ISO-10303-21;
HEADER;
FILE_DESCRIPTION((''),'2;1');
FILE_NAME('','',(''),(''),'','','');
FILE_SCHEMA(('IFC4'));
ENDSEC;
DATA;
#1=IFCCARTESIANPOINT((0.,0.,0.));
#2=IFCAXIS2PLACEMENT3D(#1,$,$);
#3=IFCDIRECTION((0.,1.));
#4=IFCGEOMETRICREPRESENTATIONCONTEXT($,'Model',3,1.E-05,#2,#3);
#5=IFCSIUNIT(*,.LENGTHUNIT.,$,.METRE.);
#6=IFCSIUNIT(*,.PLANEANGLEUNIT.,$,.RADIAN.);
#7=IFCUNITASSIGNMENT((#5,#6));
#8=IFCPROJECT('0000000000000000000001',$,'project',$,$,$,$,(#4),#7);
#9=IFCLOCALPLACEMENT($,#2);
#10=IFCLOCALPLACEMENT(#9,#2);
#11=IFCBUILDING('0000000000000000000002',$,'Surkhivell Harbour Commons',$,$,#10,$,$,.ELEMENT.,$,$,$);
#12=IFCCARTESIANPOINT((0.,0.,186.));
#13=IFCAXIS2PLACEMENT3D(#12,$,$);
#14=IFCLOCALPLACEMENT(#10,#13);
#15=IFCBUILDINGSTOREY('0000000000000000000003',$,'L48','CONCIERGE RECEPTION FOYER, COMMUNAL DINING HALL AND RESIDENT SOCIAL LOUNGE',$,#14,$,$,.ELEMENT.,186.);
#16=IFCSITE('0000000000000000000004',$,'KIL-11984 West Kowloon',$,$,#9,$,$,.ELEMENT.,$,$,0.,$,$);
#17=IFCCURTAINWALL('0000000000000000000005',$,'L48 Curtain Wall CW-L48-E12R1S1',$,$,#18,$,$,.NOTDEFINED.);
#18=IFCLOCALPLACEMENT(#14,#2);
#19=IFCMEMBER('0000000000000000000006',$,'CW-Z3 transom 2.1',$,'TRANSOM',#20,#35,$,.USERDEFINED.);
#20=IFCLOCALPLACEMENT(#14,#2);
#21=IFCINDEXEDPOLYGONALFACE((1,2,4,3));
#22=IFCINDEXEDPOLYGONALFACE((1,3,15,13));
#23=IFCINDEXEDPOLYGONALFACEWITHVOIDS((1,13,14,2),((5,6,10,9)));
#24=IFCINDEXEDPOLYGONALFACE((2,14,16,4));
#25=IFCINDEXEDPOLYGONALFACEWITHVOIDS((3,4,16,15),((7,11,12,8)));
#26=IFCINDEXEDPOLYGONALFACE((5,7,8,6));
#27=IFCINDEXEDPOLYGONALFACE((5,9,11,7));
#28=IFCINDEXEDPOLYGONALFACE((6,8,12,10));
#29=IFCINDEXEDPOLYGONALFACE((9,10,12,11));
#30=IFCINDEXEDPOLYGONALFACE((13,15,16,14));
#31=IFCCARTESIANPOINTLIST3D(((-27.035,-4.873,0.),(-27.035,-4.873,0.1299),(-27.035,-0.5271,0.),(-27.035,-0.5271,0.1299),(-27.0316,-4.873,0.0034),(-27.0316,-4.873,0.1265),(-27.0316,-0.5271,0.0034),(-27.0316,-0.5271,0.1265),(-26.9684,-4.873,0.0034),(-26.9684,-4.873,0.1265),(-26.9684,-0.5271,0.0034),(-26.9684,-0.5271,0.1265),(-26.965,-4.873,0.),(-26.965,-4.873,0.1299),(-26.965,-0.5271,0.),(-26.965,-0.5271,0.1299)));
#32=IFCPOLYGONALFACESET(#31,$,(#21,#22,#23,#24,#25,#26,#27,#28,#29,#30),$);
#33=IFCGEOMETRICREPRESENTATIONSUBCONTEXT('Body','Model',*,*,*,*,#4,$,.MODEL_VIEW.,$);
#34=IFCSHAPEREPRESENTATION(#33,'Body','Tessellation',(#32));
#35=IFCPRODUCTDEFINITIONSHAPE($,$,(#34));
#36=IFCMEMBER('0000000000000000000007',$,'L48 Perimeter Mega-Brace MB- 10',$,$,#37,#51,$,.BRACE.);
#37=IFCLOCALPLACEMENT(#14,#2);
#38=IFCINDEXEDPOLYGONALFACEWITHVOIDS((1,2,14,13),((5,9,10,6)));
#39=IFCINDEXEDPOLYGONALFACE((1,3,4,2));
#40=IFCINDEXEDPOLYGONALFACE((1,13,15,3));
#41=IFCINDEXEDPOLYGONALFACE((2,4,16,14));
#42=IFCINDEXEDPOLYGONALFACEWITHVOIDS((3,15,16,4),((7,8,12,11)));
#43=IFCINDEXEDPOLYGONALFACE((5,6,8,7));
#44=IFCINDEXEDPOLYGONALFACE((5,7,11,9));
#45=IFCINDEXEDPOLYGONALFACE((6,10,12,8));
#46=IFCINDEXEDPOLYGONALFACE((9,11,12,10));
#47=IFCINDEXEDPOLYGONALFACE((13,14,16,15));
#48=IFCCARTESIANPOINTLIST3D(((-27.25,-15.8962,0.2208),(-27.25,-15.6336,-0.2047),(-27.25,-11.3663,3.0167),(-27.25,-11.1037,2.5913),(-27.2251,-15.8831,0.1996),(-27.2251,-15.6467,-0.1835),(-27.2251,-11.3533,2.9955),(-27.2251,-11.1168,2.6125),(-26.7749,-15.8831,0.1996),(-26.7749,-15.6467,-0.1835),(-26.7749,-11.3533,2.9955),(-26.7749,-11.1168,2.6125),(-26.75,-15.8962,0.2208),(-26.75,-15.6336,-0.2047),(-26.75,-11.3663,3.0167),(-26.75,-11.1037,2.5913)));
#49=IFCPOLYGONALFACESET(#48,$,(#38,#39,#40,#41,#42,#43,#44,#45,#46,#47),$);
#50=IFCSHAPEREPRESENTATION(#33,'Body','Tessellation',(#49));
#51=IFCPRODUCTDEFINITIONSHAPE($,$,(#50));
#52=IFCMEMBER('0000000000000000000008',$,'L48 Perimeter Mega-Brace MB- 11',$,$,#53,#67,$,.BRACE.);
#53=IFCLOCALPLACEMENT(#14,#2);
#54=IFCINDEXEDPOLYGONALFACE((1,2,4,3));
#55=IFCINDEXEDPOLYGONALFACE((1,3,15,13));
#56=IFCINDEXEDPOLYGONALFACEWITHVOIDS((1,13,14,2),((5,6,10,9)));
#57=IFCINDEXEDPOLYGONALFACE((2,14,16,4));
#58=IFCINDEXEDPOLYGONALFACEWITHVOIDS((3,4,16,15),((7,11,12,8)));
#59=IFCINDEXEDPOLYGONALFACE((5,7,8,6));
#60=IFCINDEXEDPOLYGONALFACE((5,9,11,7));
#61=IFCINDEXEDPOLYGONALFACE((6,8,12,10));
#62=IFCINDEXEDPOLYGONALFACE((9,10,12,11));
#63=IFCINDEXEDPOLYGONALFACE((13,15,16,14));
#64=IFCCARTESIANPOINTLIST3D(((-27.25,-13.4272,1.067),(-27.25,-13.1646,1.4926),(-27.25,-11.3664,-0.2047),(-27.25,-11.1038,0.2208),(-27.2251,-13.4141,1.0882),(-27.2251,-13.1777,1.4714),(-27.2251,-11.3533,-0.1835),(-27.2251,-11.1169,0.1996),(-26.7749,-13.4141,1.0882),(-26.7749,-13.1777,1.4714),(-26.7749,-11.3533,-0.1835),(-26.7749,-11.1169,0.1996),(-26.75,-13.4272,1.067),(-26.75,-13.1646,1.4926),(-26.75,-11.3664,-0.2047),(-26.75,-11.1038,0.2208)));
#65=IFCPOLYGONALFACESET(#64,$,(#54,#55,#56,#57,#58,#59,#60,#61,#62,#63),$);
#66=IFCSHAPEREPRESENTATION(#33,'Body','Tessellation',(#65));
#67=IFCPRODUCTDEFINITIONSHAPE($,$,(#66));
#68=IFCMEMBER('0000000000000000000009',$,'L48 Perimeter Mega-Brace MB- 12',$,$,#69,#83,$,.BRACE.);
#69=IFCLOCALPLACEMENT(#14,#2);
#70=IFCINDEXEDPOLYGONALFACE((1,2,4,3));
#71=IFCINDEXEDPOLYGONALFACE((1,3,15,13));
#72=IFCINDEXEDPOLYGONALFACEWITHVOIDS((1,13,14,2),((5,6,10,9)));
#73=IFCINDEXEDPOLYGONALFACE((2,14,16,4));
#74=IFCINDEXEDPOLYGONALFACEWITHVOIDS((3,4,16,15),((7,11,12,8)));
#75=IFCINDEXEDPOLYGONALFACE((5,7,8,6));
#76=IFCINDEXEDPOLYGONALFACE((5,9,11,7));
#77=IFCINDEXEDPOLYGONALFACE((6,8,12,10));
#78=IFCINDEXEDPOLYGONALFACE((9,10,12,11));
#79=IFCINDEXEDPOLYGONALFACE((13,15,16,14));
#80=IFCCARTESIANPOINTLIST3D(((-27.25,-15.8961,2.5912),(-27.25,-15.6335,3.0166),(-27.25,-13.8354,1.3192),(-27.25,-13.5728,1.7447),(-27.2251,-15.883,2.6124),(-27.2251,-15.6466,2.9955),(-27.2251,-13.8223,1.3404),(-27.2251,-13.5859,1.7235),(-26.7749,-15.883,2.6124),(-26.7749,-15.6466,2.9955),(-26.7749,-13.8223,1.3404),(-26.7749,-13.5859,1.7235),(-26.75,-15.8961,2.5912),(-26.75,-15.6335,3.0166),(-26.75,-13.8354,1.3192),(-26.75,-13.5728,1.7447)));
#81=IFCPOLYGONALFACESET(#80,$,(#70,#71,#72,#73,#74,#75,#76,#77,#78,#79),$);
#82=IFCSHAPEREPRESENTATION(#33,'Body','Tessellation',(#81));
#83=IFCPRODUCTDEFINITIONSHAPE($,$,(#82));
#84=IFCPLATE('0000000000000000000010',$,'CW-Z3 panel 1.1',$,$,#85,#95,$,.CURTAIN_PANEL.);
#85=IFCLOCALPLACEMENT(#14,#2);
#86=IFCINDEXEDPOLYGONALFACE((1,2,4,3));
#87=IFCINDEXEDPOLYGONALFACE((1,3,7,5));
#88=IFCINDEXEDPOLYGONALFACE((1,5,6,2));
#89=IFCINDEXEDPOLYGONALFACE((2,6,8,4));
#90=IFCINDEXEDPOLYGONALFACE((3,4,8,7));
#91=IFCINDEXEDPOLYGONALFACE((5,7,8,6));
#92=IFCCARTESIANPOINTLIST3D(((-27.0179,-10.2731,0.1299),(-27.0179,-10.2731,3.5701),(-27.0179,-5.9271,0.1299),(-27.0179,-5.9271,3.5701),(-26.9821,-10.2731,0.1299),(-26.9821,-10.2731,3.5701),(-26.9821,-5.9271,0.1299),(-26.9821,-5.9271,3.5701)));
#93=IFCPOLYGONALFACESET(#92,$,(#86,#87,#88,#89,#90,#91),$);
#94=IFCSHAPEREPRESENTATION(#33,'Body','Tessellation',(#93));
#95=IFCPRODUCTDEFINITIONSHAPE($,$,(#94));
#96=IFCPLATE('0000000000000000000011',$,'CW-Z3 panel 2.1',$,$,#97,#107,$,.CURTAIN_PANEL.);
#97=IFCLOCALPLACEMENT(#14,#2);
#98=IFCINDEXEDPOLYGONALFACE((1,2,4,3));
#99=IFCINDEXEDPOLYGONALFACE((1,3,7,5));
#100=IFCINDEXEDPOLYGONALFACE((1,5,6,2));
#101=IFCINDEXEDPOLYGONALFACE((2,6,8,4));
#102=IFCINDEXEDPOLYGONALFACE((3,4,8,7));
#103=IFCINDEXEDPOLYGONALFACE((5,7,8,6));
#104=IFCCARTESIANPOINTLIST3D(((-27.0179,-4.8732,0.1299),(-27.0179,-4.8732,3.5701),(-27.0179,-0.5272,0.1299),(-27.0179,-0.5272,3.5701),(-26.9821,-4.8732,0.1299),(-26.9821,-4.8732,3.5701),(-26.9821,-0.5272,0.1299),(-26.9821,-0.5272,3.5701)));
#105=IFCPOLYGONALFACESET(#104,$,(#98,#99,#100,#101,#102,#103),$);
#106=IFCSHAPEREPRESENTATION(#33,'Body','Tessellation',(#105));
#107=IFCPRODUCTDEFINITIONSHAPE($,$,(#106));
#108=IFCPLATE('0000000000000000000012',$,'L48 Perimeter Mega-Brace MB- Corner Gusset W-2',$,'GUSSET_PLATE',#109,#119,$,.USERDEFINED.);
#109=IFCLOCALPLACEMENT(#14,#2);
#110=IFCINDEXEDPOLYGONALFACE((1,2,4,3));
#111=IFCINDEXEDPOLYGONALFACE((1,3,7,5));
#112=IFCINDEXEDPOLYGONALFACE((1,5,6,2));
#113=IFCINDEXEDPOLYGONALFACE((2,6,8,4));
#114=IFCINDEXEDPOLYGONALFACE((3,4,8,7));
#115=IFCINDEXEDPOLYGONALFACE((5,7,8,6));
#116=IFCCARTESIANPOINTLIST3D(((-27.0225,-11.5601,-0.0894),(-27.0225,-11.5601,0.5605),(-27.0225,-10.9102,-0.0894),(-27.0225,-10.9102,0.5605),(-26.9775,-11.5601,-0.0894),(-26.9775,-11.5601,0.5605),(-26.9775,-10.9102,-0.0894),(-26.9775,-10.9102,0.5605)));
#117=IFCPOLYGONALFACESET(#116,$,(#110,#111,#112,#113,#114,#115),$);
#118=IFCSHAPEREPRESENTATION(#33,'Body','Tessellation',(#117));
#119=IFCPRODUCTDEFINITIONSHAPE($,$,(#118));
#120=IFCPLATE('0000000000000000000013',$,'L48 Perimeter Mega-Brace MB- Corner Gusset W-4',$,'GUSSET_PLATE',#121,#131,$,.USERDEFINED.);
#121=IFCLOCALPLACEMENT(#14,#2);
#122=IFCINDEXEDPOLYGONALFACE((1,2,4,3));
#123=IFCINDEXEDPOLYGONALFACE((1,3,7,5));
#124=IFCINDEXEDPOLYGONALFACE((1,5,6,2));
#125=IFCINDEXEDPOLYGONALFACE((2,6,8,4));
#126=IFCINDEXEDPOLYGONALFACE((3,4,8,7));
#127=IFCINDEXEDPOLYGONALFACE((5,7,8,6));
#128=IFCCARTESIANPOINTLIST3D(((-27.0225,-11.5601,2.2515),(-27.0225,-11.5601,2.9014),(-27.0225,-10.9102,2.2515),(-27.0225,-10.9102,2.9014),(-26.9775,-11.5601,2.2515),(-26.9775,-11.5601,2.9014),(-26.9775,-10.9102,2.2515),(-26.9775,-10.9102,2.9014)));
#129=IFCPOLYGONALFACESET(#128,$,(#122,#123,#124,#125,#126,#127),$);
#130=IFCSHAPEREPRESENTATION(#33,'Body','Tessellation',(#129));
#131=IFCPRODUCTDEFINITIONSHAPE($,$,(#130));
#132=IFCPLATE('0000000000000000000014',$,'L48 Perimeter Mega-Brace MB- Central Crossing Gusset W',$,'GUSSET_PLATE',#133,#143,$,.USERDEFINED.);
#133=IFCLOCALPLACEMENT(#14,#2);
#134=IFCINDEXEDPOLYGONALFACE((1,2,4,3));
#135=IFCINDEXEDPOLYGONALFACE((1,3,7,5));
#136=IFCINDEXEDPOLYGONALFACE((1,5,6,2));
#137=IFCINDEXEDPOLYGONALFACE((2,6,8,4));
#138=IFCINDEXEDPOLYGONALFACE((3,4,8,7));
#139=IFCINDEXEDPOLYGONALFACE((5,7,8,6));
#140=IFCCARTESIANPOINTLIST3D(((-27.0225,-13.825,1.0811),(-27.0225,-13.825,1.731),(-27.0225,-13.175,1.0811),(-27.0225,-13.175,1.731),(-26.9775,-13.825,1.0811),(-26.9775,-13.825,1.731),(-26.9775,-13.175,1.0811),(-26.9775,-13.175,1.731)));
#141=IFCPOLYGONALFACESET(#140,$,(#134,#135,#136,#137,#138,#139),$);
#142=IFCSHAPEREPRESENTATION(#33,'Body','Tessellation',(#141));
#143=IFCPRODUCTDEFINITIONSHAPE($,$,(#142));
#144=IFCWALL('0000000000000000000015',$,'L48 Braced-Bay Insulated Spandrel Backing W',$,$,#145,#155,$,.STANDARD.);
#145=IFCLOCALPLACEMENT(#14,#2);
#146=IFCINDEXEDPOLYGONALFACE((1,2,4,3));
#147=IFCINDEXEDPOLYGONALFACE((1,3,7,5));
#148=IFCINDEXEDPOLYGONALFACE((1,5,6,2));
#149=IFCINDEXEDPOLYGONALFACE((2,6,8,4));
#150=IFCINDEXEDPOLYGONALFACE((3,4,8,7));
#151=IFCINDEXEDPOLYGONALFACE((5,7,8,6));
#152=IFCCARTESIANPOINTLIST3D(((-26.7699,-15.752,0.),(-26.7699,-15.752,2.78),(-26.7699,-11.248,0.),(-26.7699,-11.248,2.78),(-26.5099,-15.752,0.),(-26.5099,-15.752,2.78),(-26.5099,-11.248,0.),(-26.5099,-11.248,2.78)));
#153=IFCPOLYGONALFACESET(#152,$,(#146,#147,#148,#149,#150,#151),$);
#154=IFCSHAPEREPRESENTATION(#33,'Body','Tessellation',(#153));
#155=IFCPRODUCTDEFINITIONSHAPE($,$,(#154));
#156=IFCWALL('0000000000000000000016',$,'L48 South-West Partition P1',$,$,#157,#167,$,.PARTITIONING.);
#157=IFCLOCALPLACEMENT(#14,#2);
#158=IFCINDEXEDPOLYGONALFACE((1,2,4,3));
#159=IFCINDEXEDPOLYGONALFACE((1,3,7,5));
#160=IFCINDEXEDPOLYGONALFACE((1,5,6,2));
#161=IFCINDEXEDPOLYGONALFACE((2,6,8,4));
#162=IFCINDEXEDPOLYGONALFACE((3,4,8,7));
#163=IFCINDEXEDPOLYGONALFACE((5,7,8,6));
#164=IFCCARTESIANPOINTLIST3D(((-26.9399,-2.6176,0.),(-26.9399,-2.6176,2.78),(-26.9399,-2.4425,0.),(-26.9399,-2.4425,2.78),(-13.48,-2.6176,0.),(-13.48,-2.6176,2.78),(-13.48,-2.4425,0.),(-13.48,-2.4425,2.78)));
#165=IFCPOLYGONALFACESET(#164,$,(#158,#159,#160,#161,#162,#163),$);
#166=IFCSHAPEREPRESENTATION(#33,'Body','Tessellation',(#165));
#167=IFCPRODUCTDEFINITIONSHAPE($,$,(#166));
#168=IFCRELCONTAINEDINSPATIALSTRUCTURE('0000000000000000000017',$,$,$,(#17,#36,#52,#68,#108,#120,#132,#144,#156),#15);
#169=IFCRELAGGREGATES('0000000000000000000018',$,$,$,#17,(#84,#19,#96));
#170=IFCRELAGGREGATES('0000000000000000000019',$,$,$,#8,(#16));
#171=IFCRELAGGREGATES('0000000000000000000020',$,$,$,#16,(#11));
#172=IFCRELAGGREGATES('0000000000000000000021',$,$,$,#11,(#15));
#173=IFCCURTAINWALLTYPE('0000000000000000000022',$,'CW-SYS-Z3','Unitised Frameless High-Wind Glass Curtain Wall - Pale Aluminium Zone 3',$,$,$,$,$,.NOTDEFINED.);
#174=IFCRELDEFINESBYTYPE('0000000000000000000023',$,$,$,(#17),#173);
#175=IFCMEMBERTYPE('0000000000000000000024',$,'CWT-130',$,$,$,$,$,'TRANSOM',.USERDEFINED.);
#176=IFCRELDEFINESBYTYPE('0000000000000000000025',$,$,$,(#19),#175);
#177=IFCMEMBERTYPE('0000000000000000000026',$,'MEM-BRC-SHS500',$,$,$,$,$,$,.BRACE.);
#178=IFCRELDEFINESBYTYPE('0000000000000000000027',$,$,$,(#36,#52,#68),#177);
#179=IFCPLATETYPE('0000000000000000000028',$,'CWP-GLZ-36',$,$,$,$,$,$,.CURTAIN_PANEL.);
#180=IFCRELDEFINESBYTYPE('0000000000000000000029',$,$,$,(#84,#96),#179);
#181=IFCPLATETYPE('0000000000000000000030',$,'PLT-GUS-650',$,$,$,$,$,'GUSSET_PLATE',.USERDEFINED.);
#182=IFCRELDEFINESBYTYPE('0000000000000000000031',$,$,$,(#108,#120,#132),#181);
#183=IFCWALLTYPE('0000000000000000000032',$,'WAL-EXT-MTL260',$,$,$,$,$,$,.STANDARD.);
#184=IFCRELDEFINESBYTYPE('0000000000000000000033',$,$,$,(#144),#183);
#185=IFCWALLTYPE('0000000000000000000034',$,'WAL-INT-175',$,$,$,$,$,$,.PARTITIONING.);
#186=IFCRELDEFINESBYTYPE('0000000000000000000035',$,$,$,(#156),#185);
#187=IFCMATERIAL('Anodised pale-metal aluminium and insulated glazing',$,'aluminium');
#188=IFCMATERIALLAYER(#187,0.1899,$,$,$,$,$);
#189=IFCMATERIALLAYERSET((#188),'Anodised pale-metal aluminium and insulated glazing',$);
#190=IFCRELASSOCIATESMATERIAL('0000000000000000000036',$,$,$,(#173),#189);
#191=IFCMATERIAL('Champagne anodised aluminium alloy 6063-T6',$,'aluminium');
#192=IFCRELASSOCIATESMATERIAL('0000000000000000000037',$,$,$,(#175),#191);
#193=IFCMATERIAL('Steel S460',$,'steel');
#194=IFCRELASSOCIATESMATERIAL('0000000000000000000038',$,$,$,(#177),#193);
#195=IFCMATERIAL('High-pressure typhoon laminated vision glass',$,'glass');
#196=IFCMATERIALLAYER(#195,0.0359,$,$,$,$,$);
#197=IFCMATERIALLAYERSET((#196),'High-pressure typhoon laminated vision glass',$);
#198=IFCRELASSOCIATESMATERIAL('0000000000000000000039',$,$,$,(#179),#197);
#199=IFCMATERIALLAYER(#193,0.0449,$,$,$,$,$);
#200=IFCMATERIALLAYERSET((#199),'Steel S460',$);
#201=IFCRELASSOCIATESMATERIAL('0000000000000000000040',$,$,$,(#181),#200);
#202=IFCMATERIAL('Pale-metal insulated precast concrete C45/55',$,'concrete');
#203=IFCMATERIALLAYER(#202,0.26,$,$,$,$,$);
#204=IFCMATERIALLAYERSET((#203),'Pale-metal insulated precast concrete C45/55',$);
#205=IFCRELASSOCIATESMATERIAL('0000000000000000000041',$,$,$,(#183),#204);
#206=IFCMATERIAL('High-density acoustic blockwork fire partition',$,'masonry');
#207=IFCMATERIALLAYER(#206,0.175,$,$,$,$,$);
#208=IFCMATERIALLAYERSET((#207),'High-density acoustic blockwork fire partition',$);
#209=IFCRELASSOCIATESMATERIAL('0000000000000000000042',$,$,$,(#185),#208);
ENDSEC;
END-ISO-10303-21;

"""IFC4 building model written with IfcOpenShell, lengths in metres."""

from ifc_helpers import new_model, si_unit, direction, frame, frame_2d, origin, origin_2d, place, context, subcontext, project, spatial, rectangle, hollow_rectangle, extrude, material, layer, layer_set, material_profile, profile_set, type_object, element, aggregate, save


model = new_model("IFC4")

# Units and contexts
model_context = context("Model", 3, precision=1e-05, world=origin(), true_north=direction((0.0, 1.0)))
body_context = subcontext(model_context, "Body", "Model", "MODEL_VIEW")
ifc_project = project(units=[si_unit("LENGTHUNIT", "METRE"), si_unit("PLANEANGLEUNIT", "RADIAN")], contexts=[model_context])

# Site, building, storey
site_placement = place(None, origin())
site = spatial("IfcSite", under=ifc_project, at=site_placement, Name="KIL-11984 West Kowloon", CompositionType="ELEMENT", RefElevation=0.0)
building_placement = place(site_placement, origin())
building = spatial("IfcBuilding", under=site, at=building_placement, Name="Surkhivell Harbour Commons", CompositionType="ELEMENT")
storey_placement = place(building_placement, frame((0.0, 0.0, 186.0)))
storey = spatial("IfcBuildingStorey", under=building, at=storey_placement, Name="L48", Description="CONCIERGE RECEPTION FOYER, COMMUNAL DINING HALL AND RESIDENT SOCIAL LOUNGE", CompositionType="ELEMENT", Elevation=186.0)

# Curtain wall, member
ifc_material_1 = material(Name="Anodised pale-metal aluminium and insulated glazing", Category="aluminium")
ifc_layer_1 = layer(ifc_material_1, 0.1899)
ifc_layer_set_1 = layer_set([ifc_layer_1], Name="Anodised pale-metal aluminium and insulated glazing")
curtain_wall_type = type_object("IfcCurtainWallType", Name="CW-SYS-Z3", Description="Unitised Frameless High-Wind Glass Curtain Wall - Pale Aluminium Zone 3", PredefinedType="NOTDEFINED", material=ifc_layer_set_1)
curtain_wall_placement = place(storey_placement, origin())
curtain_wall = element("IfcCurtainWall", 1, at=curtain_wall_placement, inside=storey, type_object=curtain_wall_type, Name="L48 Curtain Wall CW-L48-E12R1S1", PredefinedType="NOTDEFINED")
ifc_material_2 = material(Name="Champagne anodised aluminium alloy 6063-T6", Category="aluminium")
ifc_material_profile_1 = material_profile(ifc_material_2, hollow_rectangle(XDim=0.0701, YDim=0.1299, WallThickness=0.0034, at=origin_2d()), Name="ALU-TRAN-70x130")
ifc_profile_set_1 = profile_set([ifc_material_profile_1], Name="Champagne anodised aluminium alloy 6063-T6")
member_type_1 = type_object("IfcMemberType", Name="CWT-130", ElementType="TRANSOM", PredefinedType="USERDEFINED", material=ifc_profile_set_1)
member_1_placement = place(storey_placement, frame((-27.0, -4.873, 0.0649), z_axis=(0.0, 1.0, 0.0), x_axis=(-1.0, 0.0, 0.0)))
member_1 = element("IfcMember", 2, at=member_1_placement, type_object=member_type_1, Name="CW-Z3 transom 2.1", ObjectType="TRANSOM", PredefinedType="USERDEFINED", context=body_context, shape_type="SweptSolid", body=[
    extrude(hollow_rectangle(XDim=0.0701, YDim=0.1299, WallThickness=0.0034, at=origin_2d()), origin(), (0.0, 0.0, 1.0), 4.3459),
])

# Members
ifc_material_3 = material(Name="Steel S460", Category="steel")
ifc_material_profile_2 = material_profile(ifc_material_3, hollow_rectangle(XDim=0.5, YDim=0.5, WallThickness=0.0249, at=origin_2d()), Name="SHS500x500x25")
ifc_profile_set_2 = profile_set([ifc_material_profile_2], Name="Steel S460")
member_type_2 = type_object("IfcMemberType", Name="MEM-BRC-SHS500", PredefinedType="BRACE", material=ifc_profile_set_2)
member_2_placement = place(storey_placement, frame((-27.0, -15.7649, 0.0081), z_axis=(0.0, 0.850958, 0.525233), x_axis=(-1.0, 0.0, 0.0)))
element("IfcMember", 3, at=member_2_placement, inside=storey, type_object=member_type_2, Name="L48 Perimeter Mega-Brace MB- 10", PredefinedType="BRACE", context=body_context, shape_type="SweptSolid", body=[
    extrude(hollow_rectangle(XDim=0.5, YDim=0.5, WallThickness=0.0249, at=origin_2d()), origin(), (0.0, 0.0, 1.0), 5.3232),
])
for number, where, z_axis, x_axis, name in (
    (4, (-27.0, -11.2351, 0.0081), (0.0, -0.851003, 0.52516), (1.0, 0.0, 0.0), "L48 Perimeter Mega-Brace MB- 11"),
    (5, (-27.0, -13.7041, 1.532), (0.0, -0.850958, 0.525233), (1.0, 0.0, 0.0), "L48 Perimeter Mega-Brace MB- 12"),
):
    element("IfcMember", number, at=place(storey_placement, frame(where, z_axis=z_axis, x_axis=x_axis)), inside=storey, type_object=member_type_2, Name=name, PredefinedType="BRACE", context=body_context, shape_type="SweptSolid", body=[
        extrude(hollow_rectangle(XDim=0.5, YDim=0.5, WallThickness=0.0249, at=origin_2d()), origin(), (0.0, 0.0, 1.0), 2.4216),
    ])

# Plates
ifc_material_4 = material(Name="High-pressure typhoon laminated vision glass", Category="glass")
ifc_layer_2 = layer(ifc_material_4, 0.0359)
ifc_layer_set_2 = layer_set([ifc_layer_2], Name="High-pressure typhoon laminated vision glass")
plate_type_1 = type_object("IfcPlateType", Name="CWP-GLZ-36", PredefinedType="CURTAIN_PANEL", material=ifc_layer_set_2)
plate_1_placement = place(storey_placement, frame((-27.0, -10.2729, 0.1299), z_axis=(0.0, 0.0, 1.0), x_axis=(0.0, 1.0, 0.0)))
plate_1 = element("IfcPlate", 6, at=plate_1_placement, type_object=plate_type_1, Name="CW-Z3 panel 1.1", PredefinedType="CURTAIN_PANEL", context=body_context, shape_type="SweptSolid", body=[
    extrude(rectangle(XDim=4.3459, YDim=0.0359, at=frame_2d((2.1729, 0.0))), origin(), (0.0, 0.0, 1.0), 3.4402),
])
plate_2_placement = place(storey_placement, frame((-27.0, -4.873, 0.1299), z_axis=(0.0, 0.0, 1.0), x_axis=(0.0, 1.0, 0.0)))
plate_2 = element("IfcPlate", 7, at=plate_2_placement, type_object=plate_type_1, Name="CW-Z3 panel 2.1", PredefinedType="CURTAIN_PANEL", context=body_context, shape_type="SweptSolid", body=[
    extrude(rectangle(XDim=4.3459, YDim=0.0359, at=frame_2d((2.1729, 0.0))), origin(), (0.0, 0.0, 1.0), 3.4402),
])
aggregate(curtain_wall, [plate_1, member_1, plate_2])

# Plates
ifc_layer_3 = layer(ifc_material_3, 0.0449)
ifc_layer_set_3 = layer_set([ifc_layer_3], Name="Steel S460")
plate_type_2 = type_object("IfcPlateType", Name="PLT-GUS-650", ElementType="GUSSET_PLATE", PredefinedType="USERDEFINED", material=ifc_layer_set_3)
for number, where, z_axis, x_axis, name in (
    (8, (-27.0, -11.2351, -0.0894), (0.0, 0.0, 1.0), (0.0, 1.0, 0.0), "L48 Perimeter Mega-Brace MB- Corner Gusset W-2"),
    (9, (-27.0, -11.2351, 2.2515), (0.0, 0.0, 1.0), (0.0, 1.0, 0.0), "L48 Perimeter Mega-Brace MB- Corner Gusset W-4"),
    (10, (-27.0, -13.5, 1.0811), (0.0, 0.0, 1.0), (0.0, 1.0, 0.0), "L48 Perimeter Mega-Brace MB- Central Crossing Gusset W"),
):
    element("IfcPlate", number, at=place(storey_placement, frame(where, z_axis=z_axis, x_axis=x_axis)), inside=storey, type_object=plate_type_2, Name=name, ObjectType="GUSSET_PLATE", PredefinedType="USERDEFINED", context=body_context, shape_type="SweptSolid", body=[
        extrude(rectangle(XDim=0.6499, YDim=0.0449, at=origin_2d()), origin(), (0.0, 0.0, 1.0), 0.6499),
    ])

# Walls
ifc_material_5 = material(Name="Pale-metal insulated precast concrete C45/55", Category="concrete")
ifc_layer_4 = layer(ifc_material_5, 0.26)
ifc_layer_set_4 = layer_set([ifc_layer_4], Name="Pale-metal insulated precast concrete C45/55")
wall_type_1 = type_object("IfcWallType", Name="WAL-EXT-MTL260", PredefinedType="STANDARD", material=ifc_layer_set_4)
wall_1_placement = place(storey_placement, frame((-26.6399, -15.752, 0.0), z_axis=(0.0, 0.0, 1.0), x_axis=(0.0, 1.0, 0.0)))
element("IfcWall", 11, at=wall_1_placement, inside=storey, type_object=wall_type_1, Name="L48 Braced-Bay Insulated Spandrel Backing W", PredefinedType="STANDARD", context=body_context, shape_type="SweptSolid", body=[
    extrude(rectangle(XDim=4.5039, YDim=0.26, at=frame_2d((2.252, 0.0))), origin(), (0.0, 0.0, 1.0), 2.78),
])
ifc_material_6 = material(Name="High-density acoustic blockwork fire partition", Category="masonry")
ifc_layer_5 = layer(ifc_material_6, 0.175)
ifc_layer_set_5 = layer_set([ifc_layer_5], Name="High-density acoustic blockwork fire partition")
wall_type_2 = type_object("IfcWallType", Name="WAL-INT-175", PredefinedType="PARTITIONING", material=ifc_layer_set_5)
wall_2_placement = place(storey_placement, frame((-26.9399, -2.53, 0.0), z_axis=(0.0, 0.0, 1.0), x_axis=(1.0, 0.0, 0.0)))
element("IfcWall", 12, at=wall_2_placement, inside=storey, type_object=wall_type_2, Name="L48 South-West Partition P1", PredefinedType="PARTITIONING", context=body_context, shape_type="SweptSolid", body=[
    extrude(rectangle(XDim=13.46, YDim=0.175, at=frame_2d((6.73, 0.0))), origin(), (0.0, 0.0, 1.0), 2.78),
])

save(model, "model.ifc")
